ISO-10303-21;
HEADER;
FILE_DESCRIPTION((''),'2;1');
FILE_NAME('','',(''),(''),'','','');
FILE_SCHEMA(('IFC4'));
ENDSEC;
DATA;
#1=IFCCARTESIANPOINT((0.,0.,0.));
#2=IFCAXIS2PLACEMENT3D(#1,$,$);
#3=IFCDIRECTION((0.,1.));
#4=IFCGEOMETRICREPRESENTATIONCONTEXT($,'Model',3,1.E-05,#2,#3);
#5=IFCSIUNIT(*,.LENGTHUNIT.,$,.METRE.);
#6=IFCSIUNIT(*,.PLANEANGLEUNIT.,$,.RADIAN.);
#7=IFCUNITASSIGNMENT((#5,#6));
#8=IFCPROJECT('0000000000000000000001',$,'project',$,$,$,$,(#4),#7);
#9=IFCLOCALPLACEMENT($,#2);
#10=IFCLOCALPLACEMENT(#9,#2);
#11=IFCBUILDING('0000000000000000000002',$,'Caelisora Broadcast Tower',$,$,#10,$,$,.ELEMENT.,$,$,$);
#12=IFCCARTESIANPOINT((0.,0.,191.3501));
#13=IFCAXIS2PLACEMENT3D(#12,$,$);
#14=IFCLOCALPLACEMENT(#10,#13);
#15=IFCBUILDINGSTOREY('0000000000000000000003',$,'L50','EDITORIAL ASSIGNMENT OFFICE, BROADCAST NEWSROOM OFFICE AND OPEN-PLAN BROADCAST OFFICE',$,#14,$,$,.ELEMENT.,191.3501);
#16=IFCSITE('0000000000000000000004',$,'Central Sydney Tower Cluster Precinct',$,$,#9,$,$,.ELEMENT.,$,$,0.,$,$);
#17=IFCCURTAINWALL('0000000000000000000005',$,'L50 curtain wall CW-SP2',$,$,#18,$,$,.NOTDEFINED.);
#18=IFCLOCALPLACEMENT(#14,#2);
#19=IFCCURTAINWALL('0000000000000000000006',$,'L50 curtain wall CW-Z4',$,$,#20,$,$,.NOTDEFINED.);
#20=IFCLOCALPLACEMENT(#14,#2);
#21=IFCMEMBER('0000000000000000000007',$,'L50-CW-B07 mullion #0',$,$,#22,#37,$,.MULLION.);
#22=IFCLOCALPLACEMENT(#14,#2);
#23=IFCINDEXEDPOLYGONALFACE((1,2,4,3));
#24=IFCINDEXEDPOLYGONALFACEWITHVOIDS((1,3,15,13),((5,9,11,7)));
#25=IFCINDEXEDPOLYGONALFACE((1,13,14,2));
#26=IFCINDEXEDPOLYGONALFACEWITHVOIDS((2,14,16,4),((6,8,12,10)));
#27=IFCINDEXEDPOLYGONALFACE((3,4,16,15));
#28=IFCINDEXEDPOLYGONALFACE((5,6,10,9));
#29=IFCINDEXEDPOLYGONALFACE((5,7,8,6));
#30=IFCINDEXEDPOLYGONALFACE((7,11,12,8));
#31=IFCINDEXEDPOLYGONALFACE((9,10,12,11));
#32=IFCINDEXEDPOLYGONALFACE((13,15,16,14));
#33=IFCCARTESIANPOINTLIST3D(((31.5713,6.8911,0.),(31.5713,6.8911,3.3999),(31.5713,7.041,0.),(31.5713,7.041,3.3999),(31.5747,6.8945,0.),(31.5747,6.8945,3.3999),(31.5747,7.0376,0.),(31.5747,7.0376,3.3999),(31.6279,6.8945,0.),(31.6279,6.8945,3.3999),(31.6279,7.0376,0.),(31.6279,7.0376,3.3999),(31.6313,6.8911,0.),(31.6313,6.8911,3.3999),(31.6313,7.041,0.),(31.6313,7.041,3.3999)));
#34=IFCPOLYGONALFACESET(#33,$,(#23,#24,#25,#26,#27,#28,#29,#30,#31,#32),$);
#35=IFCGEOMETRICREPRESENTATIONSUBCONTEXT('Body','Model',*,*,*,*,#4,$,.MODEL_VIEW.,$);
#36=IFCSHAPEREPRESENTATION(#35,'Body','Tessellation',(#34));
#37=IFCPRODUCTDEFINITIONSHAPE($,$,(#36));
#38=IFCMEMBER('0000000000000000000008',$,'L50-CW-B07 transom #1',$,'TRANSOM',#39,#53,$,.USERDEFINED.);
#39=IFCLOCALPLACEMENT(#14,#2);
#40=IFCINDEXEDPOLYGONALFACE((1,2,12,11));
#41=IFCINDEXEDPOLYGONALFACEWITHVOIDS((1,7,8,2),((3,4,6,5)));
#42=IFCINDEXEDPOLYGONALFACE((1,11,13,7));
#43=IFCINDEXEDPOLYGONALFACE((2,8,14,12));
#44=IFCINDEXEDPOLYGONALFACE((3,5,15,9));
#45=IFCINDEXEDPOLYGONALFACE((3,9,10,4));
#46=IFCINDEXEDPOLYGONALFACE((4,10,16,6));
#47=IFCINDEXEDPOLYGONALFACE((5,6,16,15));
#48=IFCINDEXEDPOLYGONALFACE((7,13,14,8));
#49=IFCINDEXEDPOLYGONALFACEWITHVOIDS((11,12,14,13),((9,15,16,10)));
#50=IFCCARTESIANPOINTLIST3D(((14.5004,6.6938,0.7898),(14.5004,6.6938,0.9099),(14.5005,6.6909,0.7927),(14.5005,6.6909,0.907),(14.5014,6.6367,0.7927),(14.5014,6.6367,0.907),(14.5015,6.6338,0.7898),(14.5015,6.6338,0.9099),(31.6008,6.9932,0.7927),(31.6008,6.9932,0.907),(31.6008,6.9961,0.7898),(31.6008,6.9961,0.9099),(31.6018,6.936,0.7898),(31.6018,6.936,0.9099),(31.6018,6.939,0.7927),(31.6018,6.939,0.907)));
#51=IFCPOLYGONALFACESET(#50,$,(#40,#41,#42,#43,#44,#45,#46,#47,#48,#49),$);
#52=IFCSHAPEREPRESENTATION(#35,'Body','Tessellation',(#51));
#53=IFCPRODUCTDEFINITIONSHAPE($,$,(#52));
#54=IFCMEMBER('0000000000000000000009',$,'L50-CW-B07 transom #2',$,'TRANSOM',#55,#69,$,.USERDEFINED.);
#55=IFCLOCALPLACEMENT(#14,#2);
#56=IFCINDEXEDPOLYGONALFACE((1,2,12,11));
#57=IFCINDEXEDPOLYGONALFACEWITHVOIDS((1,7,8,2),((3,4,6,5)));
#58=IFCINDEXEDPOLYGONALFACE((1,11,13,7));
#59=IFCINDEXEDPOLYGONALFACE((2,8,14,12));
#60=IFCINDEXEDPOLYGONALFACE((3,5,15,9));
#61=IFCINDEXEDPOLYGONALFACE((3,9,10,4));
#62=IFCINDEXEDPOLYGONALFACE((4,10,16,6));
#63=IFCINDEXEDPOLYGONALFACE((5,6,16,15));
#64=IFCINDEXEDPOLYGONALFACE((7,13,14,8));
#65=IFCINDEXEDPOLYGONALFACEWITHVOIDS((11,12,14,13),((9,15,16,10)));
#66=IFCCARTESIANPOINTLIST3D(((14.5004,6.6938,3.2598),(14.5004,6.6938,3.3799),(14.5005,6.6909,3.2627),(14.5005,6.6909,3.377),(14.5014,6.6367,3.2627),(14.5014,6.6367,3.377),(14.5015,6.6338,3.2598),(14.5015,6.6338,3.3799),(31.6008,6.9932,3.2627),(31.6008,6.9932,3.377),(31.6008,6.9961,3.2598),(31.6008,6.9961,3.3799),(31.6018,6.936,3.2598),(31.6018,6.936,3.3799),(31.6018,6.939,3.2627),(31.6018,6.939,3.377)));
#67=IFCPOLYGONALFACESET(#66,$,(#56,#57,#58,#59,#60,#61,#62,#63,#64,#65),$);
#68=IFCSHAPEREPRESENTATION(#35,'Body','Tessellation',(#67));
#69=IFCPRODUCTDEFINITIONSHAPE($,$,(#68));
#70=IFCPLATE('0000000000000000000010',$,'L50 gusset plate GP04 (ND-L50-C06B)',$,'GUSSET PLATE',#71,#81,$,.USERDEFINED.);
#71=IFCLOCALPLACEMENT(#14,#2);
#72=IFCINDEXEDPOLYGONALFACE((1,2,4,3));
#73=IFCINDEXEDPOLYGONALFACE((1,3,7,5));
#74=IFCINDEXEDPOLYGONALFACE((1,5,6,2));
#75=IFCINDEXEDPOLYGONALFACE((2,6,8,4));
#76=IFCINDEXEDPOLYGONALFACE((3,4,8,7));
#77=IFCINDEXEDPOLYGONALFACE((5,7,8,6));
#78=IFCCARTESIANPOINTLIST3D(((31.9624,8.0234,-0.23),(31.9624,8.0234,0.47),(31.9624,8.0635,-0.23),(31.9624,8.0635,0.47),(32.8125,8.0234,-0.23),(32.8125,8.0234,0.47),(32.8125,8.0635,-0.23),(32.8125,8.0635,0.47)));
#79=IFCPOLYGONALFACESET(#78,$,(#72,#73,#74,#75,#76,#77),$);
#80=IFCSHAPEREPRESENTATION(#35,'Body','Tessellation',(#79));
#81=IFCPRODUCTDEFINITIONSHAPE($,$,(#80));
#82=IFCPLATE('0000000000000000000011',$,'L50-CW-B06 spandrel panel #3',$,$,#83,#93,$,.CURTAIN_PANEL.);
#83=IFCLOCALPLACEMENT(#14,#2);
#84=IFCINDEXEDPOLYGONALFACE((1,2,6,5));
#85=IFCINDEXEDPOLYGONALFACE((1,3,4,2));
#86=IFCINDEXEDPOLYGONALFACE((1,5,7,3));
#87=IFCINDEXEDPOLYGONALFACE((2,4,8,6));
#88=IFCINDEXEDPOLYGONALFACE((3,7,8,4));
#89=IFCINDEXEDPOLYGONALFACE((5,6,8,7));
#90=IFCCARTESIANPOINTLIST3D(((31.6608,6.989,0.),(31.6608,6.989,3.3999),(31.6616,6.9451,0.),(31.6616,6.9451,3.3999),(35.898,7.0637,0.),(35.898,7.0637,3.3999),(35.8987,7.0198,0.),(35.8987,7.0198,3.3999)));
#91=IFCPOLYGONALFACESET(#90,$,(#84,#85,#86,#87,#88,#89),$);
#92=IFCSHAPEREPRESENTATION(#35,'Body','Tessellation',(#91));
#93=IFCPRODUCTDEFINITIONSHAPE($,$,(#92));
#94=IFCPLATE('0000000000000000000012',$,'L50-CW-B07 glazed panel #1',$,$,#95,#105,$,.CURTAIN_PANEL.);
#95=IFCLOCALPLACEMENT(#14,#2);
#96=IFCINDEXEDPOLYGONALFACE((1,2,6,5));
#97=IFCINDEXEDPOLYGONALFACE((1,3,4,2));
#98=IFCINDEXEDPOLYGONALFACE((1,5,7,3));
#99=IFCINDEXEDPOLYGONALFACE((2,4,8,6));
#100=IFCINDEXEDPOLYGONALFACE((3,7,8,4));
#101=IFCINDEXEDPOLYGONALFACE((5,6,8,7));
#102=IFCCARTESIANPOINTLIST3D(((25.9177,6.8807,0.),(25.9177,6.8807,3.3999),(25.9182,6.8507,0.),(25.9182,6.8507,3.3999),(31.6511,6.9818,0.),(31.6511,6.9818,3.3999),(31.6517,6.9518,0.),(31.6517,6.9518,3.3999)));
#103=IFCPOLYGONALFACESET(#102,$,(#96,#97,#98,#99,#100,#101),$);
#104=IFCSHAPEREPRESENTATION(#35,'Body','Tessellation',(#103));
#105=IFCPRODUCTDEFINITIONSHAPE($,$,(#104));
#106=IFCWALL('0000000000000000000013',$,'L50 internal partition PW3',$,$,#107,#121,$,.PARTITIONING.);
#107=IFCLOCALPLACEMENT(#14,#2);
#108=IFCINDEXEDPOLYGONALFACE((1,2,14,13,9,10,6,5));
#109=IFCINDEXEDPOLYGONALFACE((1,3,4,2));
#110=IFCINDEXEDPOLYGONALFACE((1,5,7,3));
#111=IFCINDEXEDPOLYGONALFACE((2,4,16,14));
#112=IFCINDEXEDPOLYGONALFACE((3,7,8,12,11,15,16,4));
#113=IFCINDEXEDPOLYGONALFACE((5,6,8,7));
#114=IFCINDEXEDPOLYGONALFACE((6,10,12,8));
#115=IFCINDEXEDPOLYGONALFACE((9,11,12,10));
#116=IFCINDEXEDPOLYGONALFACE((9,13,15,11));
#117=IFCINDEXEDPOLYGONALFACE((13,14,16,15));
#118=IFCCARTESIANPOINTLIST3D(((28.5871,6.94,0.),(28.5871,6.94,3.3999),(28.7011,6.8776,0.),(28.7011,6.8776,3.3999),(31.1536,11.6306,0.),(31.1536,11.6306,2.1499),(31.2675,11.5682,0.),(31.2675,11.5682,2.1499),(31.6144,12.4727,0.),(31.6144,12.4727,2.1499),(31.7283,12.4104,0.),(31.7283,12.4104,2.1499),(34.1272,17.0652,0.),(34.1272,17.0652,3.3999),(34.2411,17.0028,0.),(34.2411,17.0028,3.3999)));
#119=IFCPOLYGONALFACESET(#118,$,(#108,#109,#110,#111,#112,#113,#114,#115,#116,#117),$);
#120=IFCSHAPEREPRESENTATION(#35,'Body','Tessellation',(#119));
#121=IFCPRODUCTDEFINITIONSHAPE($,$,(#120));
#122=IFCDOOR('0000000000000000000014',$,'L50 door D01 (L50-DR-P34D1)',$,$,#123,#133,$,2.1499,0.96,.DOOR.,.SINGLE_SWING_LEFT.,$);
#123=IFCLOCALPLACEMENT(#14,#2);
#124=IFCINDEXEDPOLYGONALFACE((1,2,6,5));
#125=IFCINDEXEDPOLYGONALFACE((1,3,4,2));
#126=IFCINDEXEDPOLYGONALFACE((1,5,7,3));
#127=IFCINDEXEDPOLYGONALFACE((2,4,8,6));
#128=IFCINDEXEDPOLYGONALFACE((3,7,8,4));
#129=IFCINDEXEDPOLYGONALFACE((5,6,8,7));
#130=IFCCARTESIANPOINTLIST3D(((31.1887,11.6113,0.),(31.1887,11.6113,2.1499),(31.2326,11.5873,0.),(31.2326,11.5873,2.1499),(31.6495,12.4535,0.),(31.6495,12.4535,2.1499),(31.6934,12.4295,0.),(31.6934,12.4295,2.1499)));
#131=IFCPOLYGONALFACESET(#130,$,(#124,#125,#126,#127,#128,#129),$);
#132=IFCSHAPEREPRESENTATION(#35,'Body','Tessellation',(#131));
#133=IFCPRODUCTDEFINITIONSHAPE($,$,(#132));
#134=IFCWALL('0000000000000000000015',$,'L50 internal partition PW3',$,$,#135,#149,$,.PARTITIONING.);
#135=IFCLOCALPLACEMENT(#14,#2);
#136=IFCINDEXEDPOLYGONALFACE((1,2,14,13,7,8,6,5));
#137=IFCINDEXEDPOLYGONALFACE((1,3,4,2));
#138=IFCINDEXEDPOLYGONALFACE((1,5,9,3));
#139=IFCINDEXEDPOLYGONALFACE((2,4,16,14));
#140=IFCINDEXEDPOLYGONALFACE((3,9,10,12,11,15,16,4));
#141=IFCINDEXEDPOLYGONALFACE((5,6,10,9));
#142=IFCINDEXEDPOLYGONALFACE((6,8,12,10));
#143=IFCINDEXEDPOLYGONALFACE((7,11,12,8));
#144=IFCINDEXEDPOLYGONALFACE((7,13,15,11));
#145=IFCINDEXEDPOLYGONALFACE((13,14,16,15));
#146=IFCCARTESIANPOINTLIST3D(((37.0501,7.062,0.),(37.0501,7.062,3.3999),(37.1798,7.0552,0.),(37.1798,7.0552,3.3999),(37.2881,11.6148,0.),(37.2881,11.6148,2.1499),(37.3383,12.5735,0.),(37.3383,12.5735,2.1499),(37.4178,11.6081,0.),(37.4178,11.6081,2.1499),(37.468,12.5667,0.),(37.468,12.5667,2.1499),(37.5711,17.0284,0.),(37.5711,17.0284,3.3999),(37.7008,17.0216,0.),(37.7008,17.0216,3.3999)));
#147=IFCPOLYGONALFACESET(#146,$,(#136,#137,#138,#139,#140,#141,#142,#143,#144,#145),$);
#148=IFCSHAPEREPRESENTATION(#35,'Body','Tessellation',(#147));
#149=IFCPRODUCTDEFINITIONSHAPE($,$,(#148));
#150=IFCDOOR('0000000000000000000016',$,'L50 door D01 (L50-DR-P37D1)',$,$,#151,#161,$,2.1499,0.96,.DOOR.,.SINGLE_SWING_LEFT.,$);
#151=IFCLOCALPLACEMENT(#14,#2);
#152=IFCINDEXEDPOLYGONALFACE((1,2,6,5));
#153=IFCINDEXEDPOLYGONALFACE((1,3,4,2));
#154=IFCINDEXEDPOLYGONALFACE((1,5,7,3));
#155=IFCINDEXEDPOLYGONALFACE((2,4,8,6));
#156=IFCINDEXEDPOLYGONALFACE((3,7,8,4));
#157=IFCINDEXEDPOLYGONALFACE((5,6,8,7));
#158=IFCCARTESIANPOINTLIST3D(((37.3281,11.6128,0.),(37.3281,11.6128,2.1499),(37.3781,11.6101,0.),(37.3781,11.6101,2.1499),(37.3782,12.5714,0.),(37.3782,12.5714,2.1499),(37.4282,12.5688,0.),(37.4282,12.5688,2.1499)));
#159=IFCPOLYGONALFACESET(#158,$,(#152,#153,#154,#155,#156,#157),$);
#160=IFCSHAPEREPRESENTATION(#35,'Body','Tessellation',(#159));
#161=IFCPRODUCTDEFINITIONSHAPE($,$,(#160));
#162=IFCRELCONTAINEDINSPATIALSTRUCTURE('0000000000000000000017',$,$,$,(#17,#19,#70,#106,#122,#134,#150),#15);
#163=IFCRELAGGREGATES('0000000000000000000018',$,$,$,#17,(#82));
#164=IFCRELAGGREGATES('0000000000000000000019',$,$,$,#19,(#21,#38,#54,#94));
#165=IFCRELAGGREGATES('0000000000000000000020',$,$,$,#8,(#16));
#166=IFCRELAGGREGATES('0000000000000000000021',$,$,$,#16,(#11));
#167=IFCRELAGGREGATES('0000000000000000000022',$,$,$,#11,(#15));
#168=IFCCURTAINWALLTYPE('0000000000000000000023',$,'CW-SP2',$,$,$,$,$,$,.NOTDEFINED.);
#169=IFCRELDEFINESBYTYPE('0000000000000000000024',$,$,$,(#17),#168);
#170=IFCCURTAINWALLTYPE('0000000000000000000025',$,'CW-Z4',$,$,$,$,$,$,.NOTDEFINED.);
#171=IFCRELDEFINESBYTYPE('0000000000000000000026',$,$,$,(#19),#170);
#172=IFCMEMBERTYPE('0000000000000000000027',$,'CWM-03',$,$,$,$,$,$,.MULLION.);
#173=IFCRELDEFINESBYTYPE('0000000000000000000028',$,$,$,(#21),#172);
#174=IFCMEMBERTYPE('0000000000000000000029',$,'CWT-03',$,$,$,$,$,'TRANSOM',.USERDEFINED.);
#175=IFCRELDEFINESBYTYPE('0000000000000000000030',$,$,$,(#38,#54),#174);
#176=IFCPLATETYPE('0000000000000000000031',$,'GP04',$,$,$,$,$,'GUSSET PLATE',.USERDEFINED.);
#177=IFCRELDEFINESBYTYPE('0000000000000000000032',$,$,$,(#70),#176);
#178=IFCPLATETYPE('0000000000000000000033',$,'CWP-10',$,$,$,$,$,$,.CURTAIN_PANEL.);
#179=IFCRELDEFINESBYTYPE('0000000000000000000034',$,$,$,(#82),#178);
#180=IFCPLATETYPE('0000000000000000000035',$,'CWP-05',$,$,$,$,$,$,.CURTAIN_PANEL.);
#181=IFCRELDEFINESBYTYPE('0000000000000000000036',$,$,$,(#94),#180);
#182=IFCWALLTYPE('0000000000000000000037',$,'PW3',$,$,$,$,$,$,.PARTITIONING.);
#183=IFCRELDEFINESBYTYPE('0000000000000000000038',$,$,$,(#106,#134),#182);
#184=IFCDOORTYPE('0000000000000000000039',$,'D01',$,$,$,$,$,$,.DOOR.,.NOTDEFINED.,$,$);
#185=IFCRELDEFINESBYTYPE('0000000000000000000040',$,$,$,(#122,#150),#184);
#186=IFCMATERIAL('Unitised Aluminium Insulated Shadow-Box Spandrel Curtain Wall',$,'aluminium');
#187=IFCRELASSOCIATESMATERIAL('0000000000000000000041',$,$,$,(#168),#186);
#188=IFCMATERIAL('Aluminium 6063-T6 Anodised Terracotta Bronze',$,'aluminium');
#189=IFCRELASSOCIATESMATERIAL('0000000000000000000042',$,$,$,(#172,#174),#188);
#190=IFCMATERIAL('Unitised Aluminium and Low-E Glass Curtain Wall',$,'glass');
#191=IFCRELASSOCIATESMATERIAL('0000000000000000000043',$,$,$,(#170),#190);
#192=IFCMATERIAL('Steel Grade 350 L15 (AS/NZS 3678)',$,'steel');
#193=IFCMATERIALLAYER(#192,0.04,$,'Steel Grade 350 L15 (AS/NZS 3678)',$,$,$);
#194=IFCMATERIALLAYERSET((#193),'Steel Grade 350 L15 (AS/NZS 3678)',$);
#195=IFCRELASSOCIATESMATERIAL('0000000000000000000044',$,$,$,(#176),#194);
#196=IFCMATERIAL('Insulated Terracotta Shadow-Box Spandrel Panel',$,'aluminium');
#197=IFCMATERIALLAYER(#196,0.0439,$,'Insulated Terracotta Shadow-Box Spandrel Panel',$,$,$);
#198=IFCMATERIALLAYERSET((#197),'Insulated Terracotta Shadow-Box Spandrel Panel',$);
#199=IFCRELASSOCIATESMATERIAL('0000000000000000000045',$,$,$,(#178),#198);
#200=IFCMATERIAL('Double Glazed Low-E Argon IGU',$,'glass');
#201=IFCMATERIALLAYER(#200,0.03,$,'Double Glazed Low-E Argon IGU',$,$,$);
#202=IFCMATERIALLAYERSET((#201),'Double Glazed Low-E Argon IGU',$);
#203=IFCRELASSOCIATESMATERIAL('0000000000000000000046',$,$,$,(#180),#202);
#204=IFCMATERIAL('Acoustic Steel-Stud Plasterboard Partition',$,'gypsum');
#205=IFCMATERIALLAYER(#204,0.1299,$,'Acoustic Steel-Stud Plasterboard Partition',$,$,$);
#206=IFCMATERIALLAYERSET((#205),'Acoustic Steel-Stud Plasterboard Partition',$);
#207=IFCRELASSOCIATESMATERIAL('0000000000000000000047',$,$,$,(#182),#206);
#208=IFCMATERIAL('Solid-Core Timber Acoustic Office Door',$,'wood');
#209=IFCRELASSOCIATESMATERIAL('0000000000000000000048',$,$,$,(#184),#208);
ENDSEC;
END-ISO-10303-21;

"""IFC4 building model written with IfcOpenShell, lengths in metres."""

from ifc_helpers import new_model, si_unit, direction, frame, frame_2d, origin, origin_2d, place, context, subcontext, project, spatial, rectangle, hollow_rectangle, extrude, source, transform, mapped, material, layer, layer_set, material_profile, profile_set, type_object, type_shapes, element, fill, aggregate, save


model = new_model("IFC4")

# Units and contexts
model_context = context("Model", 3, precision=1e-05, world=origin(), true_north=direction((0.0, 1.0)))
body_context = subcontext(model_context, "Body", "Model", "MODEL_VIEW")
ifc_project = project(units=[si_unit("LENGTHUNIT", "METRE"), si_unit("PLANEANGLEUNIT", "RADIAN")], contexts=[model_context])

# Site, building, storey
site_placement = place(None, origin())
site = spatial("IfcSite", under=ifc_project, at=site_placement, Name="Central Sydney Tower Cluster Precinct", CompositionType="ELEMENT", RefElevation=0.0)
building_placement = place(site_placement, origin())
building = spatial("IfcBuilding", under=site, at=building_placement, Name="Caelisora Broadcast Tower", CompositionType="ELEMENT")
storey_placement = place(building_placement, frame((0.0, 0.0, 191.3501)))
storey = spatial("IfcBuildingStorey", under=building, at=storey_placement, Name="L50", Description="EDITORIAL ASSIGNMENT OFFICE, BROADCAST NEWSROOM OFFICE AND OPEN-PLAN BROADCAST OFFICE", CompositionType="ELEMENT", Elevation=191.3501)

# Shared definitions
ifc_material_1 = material(Name="Steel Grade 350 L15 (AS/NZS 3678)", Category="steel")

# Curtain walls, members
ifc_material_2 = material(Name="Unitised Aluminium Insulated Shadow-Box Spandrel Curtain Wall", Category="aluminium")
curtain_wall_type_1 = type_object("IfcCurtainWallType", Name="CW-SP2", PredefinedType="NOTDEFINED", material=ifc_material_2)
curtain_wall_1_placement = place(storey_placement, origin())
curtain_wall_1 = element("IfcCurtainWall", 1, at=curtain_wall_1_placement, inside=storey, type_object=curtain_wall_type_1, Name="L50 curtain wall CW-SP2", PredefinedType="NOTDEFINED")
ifc_material_3 = material(Name="Aluminium 6063-T6 Anodised Terracotta Bronze", Category="aluminium")
ifc_material_profile_1 = material_profile(ifc_material_3, hollow_rectangle(XDim=0.0601, YDim=0.1499, WallThickness=0.0034, at=origin_2d()), Name="Aluminium 6063-T6 Anodised Terracotta Bronze")
ifc_profile_set_1 = profile_set([ifc_material_profile_1], Name="Aluminium 6063-T6 Anodised Terracotta Bronze")
member_type_1 = type_object("IfcMemberType", Name="CWM-03", PredefinedType="MULLION", material=ifc_profile_set_1)
shared_shape_1 = source(origin(), body_context, "Body", "SweptSolid", [
    extrude(hollow_rectangle(XDim=0.0601, YDim=0.1499, WallThickness=0.0034, at=origin_2d()), origin(), (0.0, 0.0, 1.0), 3.3999),
])
type_shapes(member_type_1, [shared_shape_1])
ifc_material_4 = material(Name="Unitised Aluminium and Low-E Glass Curtain Wall", Category="glass")
curtain_wall_type_2 = type_object("IfcCurtainWallType", Name="CW-Z4", PredefinedType="NOTDEFINED", material=ifc_material_4)
curtain_wall_2_placement = place(storey_placement, origin())
curtain_wall_2 = element("IfcCurtainWall", 2, at=curtain_wall_2_placement, inside=storey, type_object=curtain_wall_type_2, Name="L50 curtain wall CW-Z4", PredefinedType="NOTDEFINED")
member_1_placement = place(storey_placement, frame((31.6013, 6.9661, 0.0), z_axis=(0.0, 0.0, 1.0), x_axis=(1.0, 0.0, 0.0)))
member_1 = element("IfcMember", 3, at=member_1_placement, type_object=member_type_1, Name="L50-CW-B07 mullion #0", PredefinedType="MULLION", context=body_context, shape_type="MappedRepresentation", body=[
    mapped(shared_shape_1, transform((0.0, 0.0, 0.0), scale=1.0)),
])
ifc_material_profile_2 = material_profile(ifc_material_3, hollow_rectangle(XDim=0.0601, YDim=0.1201, WallThickness=0.0029, at=origin_2d()), Name="Aluminium 6063-T6 Anodised Terracotta Bronze")
ifc_profile_set_2 = profile_set([ifc_material_profile_2], Name="Aluminium 6063-T6 Anodised Terracotta Bronze")
member_type_2 = type_object("IfcMemberType", Name="CWT-03", ElementType="TRANSOM", PredefinedType="USERDEFINED", material=ifc_profile_set_2)
shared_shape_2 = source(origin(), body_context, "Body", "SweptSolid", [
    extrude(hollow_rectangle(XDim=0.0601, YDim=0.1201, WallThickness=0.0029, at=origin_2d()), origin(), (0.0, 0.0, 1.0), 17.103),
])
type_shapes(member_type_2, [shared_shape_2])
member_2_placement = place(storey_placement, frame((31.6013, 6.9661, 0.8499), z_axis=(-0.999844, -0.017672, 0.0), x_axis=(0.017672, -0.999844, 0.0)))
member_2 = element("IfcMember", 4, at=member_2_placement, type_object=member_type_2, Name="L50-CW-B07 transom #1", ObjectType="TRANSOM", PredefinedType="USERDEFINED", context=body_context, shape_type="MappedRepresentation", body=[
    mapped(shared_shape_2, transform((0.0, 0.0, 0.0), scale=1.0)),
])
member_3_placement = place(storey_placement, frame((31.6013, 6.9661, 3.3198), z_axis=(-0.999844, -0.017672, 0.0), x_axis=(0.017672, -0.999844, 0.0)))
member_3 = element("IfcMember", 5, at=member_3_placement, type_object=member_type_2, Name="L50-CW-B07 transom #2", ObjectType="TRANSOM", PredefinedType="USERDEFINED", context=body_context, shape_type="MappedRepresentation", body=[
    mapped(shared_shape_2, transform((0.0, 0.0, 0.0), scale=1.0)),
])

# Plates
ifc_layer_1 = layer(ifc_material_1, 0.04, Name="Steel Grade 350 L15 (AS/NZS 3678)")
ifc_layer_set_1 = layer_set([ifc_layer_1], Name="Steel Grade 350 L15 (AS/NZS 3678)")
plate_type_1 = type_object("IfcPlateType", Name="GP04", ElementType="GUSSET PLATE", PredefinedType="USERDEFINED", material=ifc_layer_set_1)
shared_shape_3 = source(origin(), body_context, "Body", "SweptSolid", [
    extrude(rectangle(XDim=0.8501, YDim=0.04, at=origin_2d()), origin(), (0.0, 0.0, 1.0), 0.7),
])
type_shapes(plate_type_1, [shared_shape_3])
plate_1_placement = place(storey_placement, frame((32.3875, 8.0435, -0.23), z_axis=(0.0, 0.0, 1.0), x_axis=(1.0, 0.0, 0.0)))
element("IfcPlate", 6, at=plate_1_placement, inside=storey, type_object=plate_type_1, Name="L50 gusset plate GP04 (ND-L50-C06B)", ObjectType="GUSSET PLATE", PredefinedType="USERDEFINED", context=body_context, shape_type="MappedRepresentation", body=[
    mapped(shared_shape_3, transform((0.0, 0.0, 0.0), scale=1.0)),
])
ifc_material_5 = material(Name="Insulated Terracotta Shadow-Box Spandrel Panel", Category="aluminium")
ifc_layer_2 = layer(ifc_material_5, 0.0439, Name="Insulated Terracotta Shadow-Box Spandrel Panel")
ifc_layer_set_2 = layer_set([ifc_layer_2], Name="Insulated Terracotta Shadow-Box Spandrel Panel")
plate_type_2 = type_object("IfcPlateType", Name="CWP-10", PredefinedType="CURTAIN_PANEL", material=ifc_layer_set_2)
shared_shape_4 = source(origin(), body_context, "Body", "SweptSolid", [
    extrude(rectangle(XDim=4.2378, YDim=0.0439, at=origin_2d()), origin(), (0.0, 0.0, 1.0), 3.3999),
])
type_shapes(plate_type_2, [shared_shape_4])
plate_2_placement = place(storey_placement, frame((33.7798, 7.0044, 0.0), z_axis=(0.0, 0.0, 1.0), x_axis=(-0.999845, -0.017627, 0.0)))
plate_2 = element("IfcPlate", 7, at=plate_2_placement, type_object=plate_type_2, Name="L50-CW-B06 spandrel panel #3", PredefinedType="CURTAIN_PANEL", context=body_context, shape_type="MappedRepresentation", body=[
    mapped(shared_shape_4, transform((0.0, 0.0, 0.0), scale=1.0)),
])
aggregate(curtain_wall_1, [plate_2])
ifc_material_6 = material(Name="Double Glazed Low-E Argon IGU", Category="glass")
ifc_layer_3 = layer(ifc_material_6, 0.03, Name="Double Glazed Low-E Argon IGU")
ifc_layer_set_3 = layer_set([ifc_layer_3], Name="Double Glazed Low-E Argon IGU")
plate_type_3 = type_object("IfcPlateType", Name="CWP-05", PredefinedType="CURTAIN_PANEL", material=ifc_layer_set_3)
shared_shape_5 = source(origin(), body_context, "Body", "SweptSolid", [
    extrude(rectangle(XDim=5.7344, YDim=0.03, at=origin_2d()), origin(), (0.0, 0.0, 1.0), 3.3999),
])
type_shapes(plate_type_3, [shared_shape_5])
plate_3_placement = place(storey_placement, frame((28.7847, 6.9163, 0.0), z_axis=(0.0, 0.0, 1.0), x_axis=(-0.999845, -0.017627, 0.0)))
plate_3 = element("IfcPlate", 8, at=plate_3_placement, type_object=plate_type_3, Name="L50-CW-B07 glazed panel #1", PredefinedType="CURTAIN_PANEL", context=body_context, shape_type="MappedRepresentation", body=[
    mapped(shared_shape_5, transform((0.0, 0.0, 0.0), scale=1.0)),
])
aggregate(curtain_wall_2, [member_1, member_2, member_3, plate_3])

# Walls, openings, doors
ifc_material_7 = material(Name="Acoustic Steel-Stud Plasterboard Partition", Category="gypsum")
ifc_layer_4 = layer(ifc_material_7, 0.1299, Name="Acoustic Steel-Stud Plasterboard Partition")
ifc_layer_set_4 = layer_set([ifc_layer_4], Name="Acoustic Steel-Stud Plasterboard Partition")
wall_type = type_object("IfcWallType", Name="PW3", PredefinedType="PARTITIONING", material=ifc_layer_set_4)
wall_1_placement = place(storey_placement, frame((28.644, 6.9087, 0.0), z_axis=(0.0, 0.0, 1.0), x_axis=(0.479999, 0.877269, 0.0)))
wall_1 = element("IfcWall", 9, at=wall_1_placement, inside=storey, type_object=wall_type, Name="L50 internal partition PW3", PredefinedType="PARTITIONING", context=body_context, shape_type="SweptSolid", body=[
    extrude(rectangle(XDim=11.5417, YDim=0.1299, at=frame_2d((5.771, 0.0))), origin(), (0.0, 0.0, 1.0), 3.3999),
])
opening_1_placement = place(wall_1_placement, frame((5.3469, 0.0, 0.0)))
opening_1 = element("IfcOpeningElement", 10, at=opening_1_placement, cuts=wall_1, PredefinedType="OPENING", context=body_context, shape_type="SweptSolid", body=[
    extrude(rectangle(XDim=0.96, YDim=2.1499, at=frame_2d((0.48, 1.075))), frame((0.0, 0.0769, 0.0), z_axis=(0.0, -1.0, 0.0), x_axis=(1.0, 0.0, 0.0)), (0.0, 0.0, 1.0), 0.1538),
])
ifc_material_8 = material(Name="Solid-Core Timber Acoustic Office Door", Category="wood")
door_type = type_object("IfcDoorType", Name="D01", OperationType="NOTDEFINED", PredefinedType="DOOR", material=ifc_material_8)
door_1_placement = place(opening_1_placement, origin())
door_1 = element("IfcDoor", 11, at=door_1_placement, inside=storey, type_object=door_type, Name="L50 door D01 (L50-DR-P34D1)", OperationType="SINGLE_SWING_LEFT", OverallHeight=2.1499, OverallWidth=0.96, PredefinedType="DOOR", context=body_context, shape_type="SweptSolid", body=[
    extrude(rectangle(XDim=0.96, YDim=2.1499, at=frame_2d((0.48, 1.075))), frame((0.0, 0.0249, 0.0), z_axis=(0.0, -1.0, 0.0), x_axis=(1.0, 0.0, 0.0)), (0.0, 0.0, 1.0), 0.05),
])
fill(opening_1, door_1)
wall_2_placement = place(storey_placement, frame((37.115, 7.0586, 0.0), z_axis=(0.0, 0.0, 1.0), x_axis=(0.052204, 0.998636, 0.0)))
wall_2 = element("IfcWall", 12, at=wall_2_placement, inside=storey, type_object=wall_type, Name="L50 internal partition PW3", PredefinedType="PARTITIONING", context=body_context, shape_type="SweptSolid", body=[
    extrude(rectangle(XDim=9.98, YDim=0.1299, at=frame_2d((4.99, 0.0))), origin(), (0.0, 0.0, 1.0), 3.3999),
])
opening_2_placement = place(wall_2_placement, frame((4.5591, 0.0, 0.0)))
opening_2 = element("IfcOpeningElement", 13, at=opening_2_placement, cuts=wall_2, PredefinedType="OPENING", context=body_context, shape_type="SweptSolid", body=[
    extrude(rectangle(XDim=0.96, YDim=2.1499, at=frame_2d((0.48, 1.075))), frame((0.0, 0.0769, 0.0), z_axis=(0.0, -1.0, 0.0), x_axis=(1.0, 0.0, 0.0)), (0.0, 0.0, 1.0), 0.1538),
])
door_2_placement = place(opening_2_placement, origin())
door_2 = element("IfcDoor", 14, at=door_2_placement, inside=storey, type_object=door_type, Name="L50 door D01 (L50-DR-P37D1)", OperationType="SINGLE_SWING_LEFT", OverallHeight=2.1499, OverallWidth=0.96, PredefinedType="DOOR", context=body_context, shape_type="SweptSolid", body=[
    extrude(rectangle(XDim=0.96, YDim=2.1499, at=frame_2d((0.48, 1.075))), frame((0.0, 0.0249, 0.0), z_axis=(0.0, -1.0, 0.0), x_axis=(1.0, 0.0, 0.0)), (0.0, 0.0, 1.0), 0.05),
])
fill(opening_2, door_2)

save(model, "model.ifc")
